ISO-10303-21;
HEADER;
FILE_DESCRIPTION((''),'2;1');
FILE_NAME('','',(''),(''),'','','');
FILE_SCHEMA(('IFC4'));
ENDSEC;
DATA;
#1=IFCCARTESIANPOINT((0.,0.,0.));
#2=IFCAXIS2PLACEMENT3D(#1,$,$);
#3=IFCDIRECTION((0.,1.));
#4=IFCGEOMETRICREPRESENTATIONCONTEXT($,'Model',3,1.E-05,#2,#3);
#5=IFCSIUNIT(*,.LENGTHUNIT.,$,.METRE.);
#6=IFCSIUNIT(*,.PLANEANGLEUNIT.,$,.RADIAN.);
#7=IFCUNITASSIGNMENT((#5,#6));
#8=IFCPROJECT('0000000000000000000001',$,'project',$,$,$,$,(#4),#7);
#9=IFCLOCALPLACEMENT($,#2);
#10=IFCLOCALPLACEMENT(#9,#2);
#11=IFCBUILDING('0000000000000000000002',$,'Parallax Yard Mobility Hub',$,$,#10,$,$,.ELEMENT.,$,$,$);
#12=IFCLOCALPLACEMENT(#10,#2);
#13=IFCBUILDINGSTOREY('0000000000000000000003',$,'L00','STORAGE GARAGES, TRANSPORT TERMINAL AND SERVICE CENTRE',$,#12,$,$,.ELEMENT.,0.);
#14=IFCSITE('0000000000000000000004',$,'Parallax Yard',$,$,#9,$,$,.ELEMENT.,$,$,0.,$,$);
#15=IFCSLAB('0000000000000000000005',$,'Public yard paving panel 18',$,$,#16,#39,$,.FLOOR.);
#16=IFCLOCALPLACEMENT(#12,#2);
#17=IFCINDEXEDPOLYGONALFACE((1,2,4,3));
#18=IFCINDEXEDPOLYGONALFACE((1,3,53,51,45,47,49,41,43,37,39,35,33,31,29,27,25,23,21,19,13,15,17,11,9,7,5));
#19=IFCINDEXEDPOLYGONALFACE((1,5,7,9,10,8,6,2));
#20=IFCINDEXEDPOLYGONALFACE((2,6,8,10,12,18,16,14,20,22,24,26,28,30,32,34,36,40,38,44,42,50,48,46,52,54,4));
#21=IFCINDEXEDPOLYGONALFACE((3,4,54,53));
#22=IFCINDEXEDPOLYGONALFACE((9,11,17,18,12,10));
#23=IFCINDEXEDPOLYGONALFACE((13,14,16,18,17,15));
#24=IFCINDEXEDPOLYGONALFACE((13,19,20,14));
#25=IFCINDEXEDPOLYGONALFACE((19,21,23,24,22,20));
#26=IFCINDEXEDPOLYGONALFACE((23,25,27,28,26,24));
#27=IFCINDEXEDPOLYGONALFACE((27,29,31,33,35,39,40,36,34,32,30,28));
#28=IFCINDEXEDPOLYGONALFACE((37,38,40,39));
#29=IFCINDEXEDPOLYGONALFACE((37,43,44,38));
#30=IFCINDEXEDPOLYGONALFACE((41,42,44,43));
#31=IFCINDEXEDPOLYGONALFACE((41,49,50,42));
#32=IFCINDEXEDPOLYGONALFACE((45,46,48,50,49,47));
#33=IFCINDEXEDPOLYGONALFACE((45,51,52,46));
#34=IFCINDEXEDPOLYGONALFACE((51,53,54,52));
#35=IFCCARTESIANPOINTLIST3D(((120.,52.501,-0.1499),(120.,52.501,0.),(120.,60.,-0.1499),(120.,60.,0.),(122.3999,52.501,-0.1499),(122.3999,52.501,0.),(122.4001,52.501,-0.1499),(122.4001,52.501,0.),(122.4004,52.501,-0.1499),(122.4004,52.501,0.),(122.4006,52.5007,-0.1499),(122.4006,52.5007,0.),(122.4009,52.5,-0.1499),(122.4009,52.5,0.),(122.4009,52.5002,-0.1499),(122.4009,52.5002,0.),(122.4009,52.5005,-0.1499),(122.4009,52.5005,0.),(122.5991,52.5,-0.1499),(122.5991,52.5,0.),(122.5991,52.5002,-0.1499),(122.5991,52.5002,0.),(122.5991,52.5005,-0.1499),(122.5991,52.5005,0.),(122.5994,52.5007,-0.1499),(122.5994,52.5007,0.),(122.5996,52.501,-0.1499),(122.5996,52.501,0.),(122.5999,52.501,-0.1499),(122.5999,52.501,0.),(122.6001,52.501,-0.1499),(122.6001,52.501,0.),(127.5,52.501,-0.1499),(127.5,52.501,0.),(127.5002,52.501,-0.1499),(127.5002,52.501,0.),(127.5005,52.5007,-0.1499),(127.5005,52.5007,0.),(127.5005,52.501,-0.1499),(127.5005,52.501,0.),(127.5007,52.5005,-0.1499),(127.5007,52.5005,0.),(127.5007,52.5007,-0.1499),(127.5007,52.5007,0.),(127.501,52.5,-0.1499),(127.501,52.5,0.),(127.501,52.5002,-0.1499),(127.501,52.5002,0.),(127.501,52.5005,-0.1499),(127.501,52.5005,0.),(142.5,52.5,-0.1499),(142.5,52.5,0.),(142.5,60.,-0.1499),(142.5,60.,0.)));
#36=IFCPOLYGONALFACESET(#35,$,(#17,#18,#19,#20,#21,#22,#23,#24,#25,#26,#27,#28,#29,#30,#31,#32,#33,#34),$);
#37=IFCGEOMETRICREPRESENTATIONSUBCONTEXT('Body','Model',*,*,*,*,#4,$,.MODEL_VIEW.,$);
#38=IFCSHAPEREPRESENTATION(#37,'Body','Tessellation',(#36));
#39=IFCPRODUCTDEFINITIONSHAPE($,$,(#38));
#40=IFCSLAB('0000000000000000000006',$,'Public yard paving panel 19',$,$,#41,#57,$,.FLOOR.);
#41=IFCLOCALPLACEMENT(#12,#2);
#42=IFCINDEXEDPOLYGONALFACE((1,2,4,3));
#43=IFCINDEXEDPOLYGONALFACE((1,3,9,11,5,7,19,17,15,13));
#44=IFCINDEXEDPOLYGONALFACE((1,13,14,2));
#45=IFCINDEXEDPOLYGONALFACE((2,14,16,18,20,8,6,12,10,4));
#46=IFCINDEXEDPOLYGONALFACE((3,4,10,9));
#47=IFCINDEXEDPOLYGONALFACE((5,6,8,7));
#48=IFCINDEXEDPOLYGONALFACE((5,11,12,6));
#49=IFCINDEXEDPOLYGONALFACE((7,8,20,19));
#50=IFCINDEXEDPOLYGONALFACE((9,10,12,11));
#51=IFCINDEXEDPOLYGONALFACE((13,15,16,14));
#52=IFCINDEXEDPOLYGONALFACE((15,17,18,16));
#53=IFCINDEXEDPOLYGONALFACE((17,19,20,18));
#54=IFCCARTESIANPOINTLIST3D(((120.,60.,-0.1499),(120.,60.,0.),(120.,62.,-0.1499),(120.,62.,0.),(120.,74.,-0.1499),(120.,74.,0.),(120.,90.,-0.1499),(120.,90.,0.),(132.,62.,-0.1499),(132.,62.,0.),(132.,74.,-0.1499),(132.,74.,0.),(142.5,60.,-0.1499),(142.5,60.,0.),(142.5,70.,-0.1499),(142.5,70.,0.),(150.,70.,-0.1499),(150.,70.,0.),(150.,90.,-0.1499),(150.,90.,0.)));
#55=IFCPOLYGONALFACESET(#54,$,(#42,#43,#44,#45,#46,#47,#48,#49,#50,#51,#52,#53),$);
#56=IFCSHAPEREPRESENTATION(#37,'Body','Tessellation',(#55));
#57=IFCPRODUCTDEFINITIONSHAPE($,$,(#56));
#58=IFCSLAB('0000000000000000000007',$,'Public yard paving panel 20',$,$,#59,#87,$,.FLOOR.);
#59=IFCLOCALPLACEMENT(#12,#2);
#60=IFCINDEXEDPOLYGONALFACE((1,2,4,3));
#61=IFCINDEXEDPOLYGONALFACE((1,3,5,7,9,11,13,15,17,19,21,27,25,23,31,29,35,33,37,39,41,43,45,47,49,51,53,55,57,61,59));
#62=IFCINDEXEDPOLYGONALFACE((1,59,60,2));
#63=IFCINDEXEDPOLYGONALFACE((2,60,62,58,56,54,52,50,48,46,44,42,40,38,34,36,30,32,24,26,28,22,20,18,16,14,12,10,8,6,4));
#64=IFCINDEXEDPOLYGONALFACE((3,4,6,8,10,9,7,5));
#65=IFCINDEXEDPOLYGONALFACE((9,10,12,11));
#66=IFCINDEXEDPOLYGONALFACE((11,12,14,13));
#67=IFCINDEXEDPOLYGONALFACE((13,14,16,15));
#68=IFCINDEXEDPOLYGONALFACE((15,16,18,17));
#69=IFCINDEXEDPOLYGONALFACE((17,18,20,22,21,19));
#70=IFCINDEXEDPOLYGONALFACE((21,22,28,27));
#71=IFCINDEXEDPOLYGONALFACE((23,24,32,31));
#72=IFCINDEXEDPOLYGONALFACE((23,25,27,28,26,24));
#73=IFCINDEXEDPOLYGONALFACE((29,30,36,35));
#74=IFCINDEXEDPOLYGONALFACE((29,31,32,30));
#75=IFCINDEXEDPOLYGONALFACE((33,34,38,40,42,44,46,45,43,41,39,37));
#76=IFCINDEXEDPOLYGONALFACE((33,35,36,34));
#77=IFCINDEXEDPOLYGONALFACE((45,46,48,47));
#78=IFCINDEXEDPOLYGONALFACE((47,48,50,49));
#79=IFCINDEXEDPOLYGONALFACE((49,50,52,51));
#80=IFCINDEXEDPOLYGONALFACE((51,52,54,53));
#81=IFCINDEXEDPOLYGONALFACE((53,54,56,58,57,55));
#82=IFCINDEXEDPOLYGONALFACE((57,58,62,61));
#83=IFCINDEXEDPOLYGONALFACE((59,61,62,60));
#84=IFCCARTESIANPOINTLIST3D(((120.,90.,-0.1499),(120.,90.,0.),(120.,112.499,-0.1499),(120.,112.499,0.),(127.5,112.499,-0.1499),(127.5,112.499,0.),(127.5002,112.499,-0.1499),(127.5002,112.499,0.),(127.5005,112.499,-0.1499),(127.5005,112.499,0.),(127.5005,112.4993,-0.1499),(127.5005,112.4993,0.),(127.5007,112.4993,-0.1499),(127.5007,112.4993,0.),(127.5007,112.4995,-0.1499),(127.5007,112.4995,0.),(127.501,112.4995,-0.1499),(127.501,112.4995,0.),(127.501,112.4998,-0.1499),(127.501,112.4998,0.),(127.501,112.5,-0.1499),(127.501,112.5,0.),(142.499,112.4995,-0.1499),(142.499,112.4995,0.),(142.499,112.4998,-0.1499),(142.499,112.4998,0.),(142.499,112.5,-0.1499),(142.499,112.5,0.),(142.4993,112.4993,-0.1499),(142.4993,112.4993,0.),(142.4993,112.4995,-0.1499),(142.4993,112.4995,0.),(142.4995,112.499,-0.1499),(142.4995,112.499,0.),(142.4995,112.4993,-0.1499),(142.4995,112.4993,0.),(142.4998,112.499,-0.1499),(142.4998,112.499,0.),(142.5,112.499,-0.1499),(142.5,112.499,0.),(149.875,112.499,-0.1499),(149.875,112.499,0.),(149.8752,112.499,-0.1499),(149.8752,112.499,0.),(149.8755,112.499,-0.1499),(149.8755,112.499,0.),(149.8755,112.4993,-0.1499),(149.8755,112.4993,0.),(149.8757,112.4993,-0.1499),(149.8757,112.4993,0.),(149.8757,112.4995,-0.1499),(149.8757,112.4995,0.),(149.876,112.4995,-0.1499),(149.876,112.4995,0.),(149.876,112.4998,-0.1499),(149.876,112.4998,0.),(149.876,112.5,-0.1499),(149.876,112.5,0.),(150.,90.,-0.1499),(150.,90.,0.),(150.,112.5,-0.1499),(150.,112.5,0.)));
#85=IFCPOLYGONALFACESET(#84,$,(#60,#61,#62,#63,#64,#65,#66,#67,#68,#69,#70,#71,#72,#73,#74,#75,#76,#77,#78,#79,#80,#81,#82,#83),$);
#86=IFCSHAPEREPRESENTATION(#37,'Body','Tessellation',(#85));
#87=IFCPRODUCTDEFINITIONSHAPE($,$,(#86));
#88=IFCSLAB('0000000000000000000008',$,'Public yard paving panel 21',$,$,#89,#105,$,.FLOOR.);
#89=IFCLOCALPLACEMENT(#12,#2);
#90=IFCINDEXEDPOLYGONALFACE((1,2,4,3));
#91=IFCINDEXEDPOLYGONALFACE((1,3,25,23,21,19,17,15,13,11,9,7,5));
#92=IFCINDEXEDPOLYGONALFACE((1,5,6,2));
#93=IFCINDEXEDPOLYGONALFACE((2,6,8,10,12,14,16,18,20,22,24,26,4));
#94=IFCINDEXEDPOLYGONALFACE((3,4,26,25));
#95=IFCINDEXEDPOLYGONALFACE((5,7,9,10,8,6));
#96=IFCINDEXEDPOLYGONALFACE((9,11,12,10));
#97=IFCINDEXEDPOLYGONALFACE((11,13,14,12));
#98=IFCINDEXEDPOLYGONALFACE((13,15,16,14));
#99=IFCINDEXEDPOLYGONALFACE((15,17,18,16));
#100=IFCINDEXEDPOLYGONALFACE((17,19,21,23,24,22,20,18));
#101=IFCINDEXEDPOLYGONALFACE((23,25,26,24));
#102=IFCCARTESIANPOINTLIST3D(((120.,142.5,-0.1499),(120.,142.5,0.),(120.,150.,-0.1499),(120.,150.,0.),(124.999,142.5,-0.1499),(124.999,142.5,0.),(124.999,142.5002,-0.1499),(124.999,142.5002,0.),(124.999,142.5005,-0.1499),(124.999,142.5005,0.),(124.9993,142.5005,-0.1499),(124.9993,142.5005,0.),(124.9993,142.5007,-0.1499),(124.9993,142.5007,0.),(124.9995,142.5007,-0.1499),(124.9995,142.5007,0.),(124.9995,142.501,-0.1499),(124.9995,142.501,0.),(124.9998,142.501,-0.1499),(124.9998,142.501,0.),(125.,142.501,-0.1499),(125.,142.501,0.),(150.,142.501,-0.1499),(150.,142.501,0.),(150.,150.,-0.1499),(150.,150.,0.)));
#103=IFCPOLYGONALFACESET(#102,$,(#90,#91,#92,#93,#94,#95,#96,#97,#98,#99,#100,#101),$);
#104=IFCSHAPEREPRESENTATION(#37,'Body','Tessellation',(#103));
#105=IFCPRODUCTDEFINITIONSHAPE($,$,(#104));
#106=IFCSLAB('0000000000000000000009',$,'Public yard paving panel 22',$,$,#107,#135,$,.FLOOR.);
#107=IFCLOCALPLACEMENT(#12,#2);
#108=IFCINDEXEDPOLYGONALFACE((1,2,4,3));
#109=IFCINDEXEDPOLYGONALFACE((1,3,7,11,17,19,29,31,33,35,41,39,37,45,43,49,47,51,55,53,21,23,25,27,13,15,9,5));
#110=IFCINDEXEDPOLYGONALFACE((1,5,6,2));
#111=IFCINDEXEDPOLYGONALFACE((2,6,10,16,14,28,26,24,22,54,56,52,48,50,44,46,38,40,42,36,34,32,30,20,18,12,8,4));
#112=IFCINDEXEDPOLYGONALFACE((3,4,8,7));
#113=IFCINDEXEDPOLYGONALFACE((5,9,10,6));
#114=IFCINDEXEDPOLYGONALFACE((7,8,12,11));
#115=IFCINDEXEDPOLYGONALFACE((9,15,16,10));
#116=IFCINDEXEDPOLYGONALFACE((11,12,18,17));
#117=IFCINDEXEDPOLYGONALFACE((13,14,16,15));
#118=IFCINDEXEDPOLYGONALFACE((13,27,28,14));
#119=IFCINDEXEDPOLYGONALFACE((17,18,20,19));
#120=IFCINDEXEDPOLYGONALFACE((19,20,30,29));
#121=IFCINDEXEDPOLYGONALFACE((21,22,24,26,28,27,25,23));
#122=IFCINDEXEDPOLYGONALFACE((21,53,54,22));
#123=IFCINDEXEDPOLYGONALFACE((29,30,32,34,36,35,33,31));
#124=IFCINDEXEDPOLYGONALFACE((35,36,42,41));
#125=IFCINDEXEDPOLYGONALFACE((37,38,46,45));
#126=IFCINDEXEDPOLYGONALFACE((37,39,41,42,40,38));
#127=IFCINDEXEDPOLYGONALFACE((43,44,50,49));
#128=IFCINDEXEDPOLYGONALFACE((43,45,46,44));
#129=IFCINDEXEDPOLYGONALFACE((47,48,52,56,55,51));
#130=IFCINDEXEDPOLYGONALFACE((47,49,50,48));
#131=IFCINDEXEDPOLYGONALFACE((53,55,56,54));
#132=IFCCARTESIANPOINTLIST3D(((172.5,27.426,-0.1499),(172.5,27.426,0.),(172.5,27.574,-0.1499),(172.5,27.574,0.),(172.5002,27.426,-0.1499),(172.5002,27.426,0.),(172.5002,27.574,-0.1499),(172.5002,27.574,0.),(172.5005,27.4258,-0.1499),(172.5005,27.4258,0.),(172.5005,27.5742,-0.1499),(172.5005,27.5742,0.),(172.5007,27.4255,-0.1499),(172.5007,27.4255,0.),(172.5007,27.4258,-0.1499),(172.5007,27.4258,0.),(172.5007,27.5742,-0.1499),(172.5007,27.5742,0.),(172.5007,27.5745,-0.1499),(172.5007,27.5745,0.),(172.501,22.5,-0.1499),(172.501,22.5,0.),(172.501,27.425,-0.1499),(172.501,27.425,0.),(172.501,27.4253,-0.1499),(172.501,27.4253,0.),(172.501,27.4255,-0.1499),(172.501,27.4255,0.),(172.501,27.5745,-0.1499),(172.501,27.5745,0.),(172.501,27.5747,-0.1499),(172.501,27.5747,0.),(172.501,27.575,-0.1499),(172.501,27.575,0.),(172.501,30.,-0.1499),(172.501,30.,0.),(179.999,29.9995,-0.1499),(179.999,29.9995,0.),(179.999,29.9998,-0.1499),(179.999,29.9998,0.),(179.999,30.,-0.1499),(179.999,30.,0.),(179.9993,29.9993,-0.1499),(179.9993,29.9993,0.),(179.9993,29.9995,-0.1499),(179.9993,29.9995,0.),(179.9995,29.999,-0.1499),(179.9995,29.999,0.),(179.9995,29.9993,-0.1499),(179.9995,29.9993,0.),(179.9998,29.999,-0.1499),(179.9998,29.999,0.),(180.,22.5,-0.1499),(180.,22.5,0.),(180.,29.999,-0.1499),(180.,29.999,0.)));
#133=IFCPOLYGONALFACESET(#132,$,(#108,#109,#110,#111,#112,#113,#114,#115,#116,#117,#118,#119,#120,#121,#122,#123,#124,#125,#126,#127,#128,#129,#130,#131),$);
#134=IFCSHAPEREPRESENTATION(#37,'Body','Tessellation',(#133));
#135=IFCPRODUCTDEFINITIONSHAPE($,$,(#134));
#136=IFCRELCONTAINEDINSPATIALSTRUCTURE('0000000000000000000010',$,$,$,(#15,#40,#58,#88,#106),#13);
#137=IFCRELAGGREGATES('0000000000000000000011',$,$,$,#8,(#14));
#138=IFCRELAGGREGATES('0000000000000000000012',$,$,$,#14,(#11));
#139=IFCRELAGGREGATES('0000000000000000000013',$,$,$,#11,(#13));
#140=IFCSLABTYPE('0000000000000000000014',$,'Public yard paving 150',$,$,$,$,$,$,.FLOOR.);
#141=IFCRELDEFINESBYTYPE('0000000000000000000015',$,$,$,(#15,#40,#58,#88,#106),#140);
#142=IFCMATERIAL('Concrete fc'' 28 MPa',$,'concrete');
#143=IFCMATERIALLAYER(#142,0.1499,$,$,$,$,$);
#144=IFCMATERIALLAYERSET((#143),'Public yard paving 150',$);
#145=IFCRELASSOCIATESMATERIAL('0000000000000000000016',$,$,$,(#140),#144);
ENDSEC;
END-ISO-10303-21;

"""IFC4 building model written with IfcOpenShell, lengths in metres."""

from ifc_helpers import new_model, si_unit, direction, frame, origin, place, context, subcontext, project, spatial, polyline, outline, extrude, material, layer, layer_set, type_object, element, save


model = new_model("IFC4")

# Units and contexts
model_context = context("Model", 3, precision=1e-05, world=origin(), true_north=direction((0.0, 1.0)))
body_context = subcontext(model_context, "Body", "Model", "MODEL_VIEW")
ifc_project = project(units=[si_unit("LENGTHUNIT", "METRE"), si_unit("PLANEANGLEUNIT", "RADIAN")], contexts=[model_context])

# Site, building, storey
site_placement = place(None, origin())
site = spatial("IfcSite", under=ifc_project, at=site_placement, Name="Parallax Yard", CompositionType="ELEMENT", RefElevation=0.0)
building_placement = place(site_placement, origin())
building = spatial("IfcBuilding", under=site, at=building_placement, Name="Parallax Yard Mobility Hub", CompositionType="ELEMENT")
storey_placement = place(building_placement, origin())
storey = spatial("IfcBuildingStorey", under=building, at=storey_placement, Name="L00", Description="STORAGE GARAGES, TRANSPORT TERMINAL AND SERVICE CENTRE", CompositionType="ELEMENT", Elevation=0.0)

# Slabs
ifc_material = material(Name="Concrete fc' 28 MPa", Category="concrete")
ifc_layer_1 = layer(ifc_material, 0.1499)
ifc_layer_set_1 = layer_set([ifc_layer_1], Name="Public yard paving 150")
slab_type_1 = type_object("IfcSlabType", Name="Public yard paving 150", PredefinedType="FLOOR", material=ifc_layer_set_1)
slab_1_placement = place(storey_placement, frame((0.0, 0.0, -0.1499)))
element("IfcSlab", 1, at=slab_1_placement, inside=storey, type_object=slab_type_1, Name="Public yard paving panel 18", PredefinedType="FLOOR", context=body_context, shape_type="SweptSolid", body=[
    extrude(outline(polyline([(142.5, 52.5), (127.501, 52.5), (127.501, 52.5), (127.501, 52.5002), (127.501, 52.5002), (127.501, 52.5005), (127.501, 52.5005), (127.5007, 52.5005), (127.5007, 52.5005), (127.5007, 52.5007), (127.5005, 52.5007), (127.5005, 52.5007), (127.5005, 52.501), (127.5005, 52.501), (127.5002, 52.501), (127.5002, 52.501), (127.5, 52.501), (127.5, 52.501), (122.6001, 52.501), (122.5999, 52.501), (122.5999, 52.501), (122.5996, 52.501), (122.5996, 52.501), (122.5996, 52.501), (122.5994, 52.5007), (122.5994, 52.5007), (122.5994, 52.5007), (122.5991, 52.5005), (122.5991, 52.5005), (122.5991, 52.5005), (122.5991, 52.5005), (122.5991, 52.5002), (122.5991, 52.5002), (122.5991, 52.5), (122.5991, 52.5), (122.4009, 52.5), (122.4009, 52.5), (122.4009, 52.5002), (122.4009, 52.5002), (122.4009, 52.5005), (122.4009, 52.5005), (122.4009, 52.5005), (122.4009, 52.5005), (122.4006, 52.5007), (122.4006, 52.5007), (122.4006, 52.5007), (122.4004, 52.501), (122.4004, 52.501), (122.4004, 52.501), (122.4001, 52.501), (122.4001, 52.501), (122.3999, 52.501), (120.0, 52.501), (120.0, 60.0), (142.5, 60.0), (142.5, 52.5)])), origin(), (0.0, 0.0, 1.0), 0.1499),
])
slab_2_placement = place(storey_placement, frame((0.0, 0.0, -0.1499)))
element("IfcSlab", 2, at=slab_2_placement, inside=storey, type_object=slab_type_1, Name="Public yard paving panel 19", PredefinedType="FLOOR", context=body_context, shape_type="SweptSolid", body=[
    extrude(outline(polyline([(142.5, 70.0), (142.5, 60.0), (120.0, 60.0), (120.0, 62.0), (132.0, 62.0), (132.0, 74.0), (120.0, 74.0), (120.0, 90.0), (150.0, 90.0), (150.0, 70.0), (142.5, 70.0)])), origin(), (0.0, 0.0, 1.0), 0.1499),
])
slab_3_placement = place(storey_placement, frame((0.0, 0.0, -0.1499)))
element("IfcSlab", 3, at=slab_3_placement, inside=storey, type_object=slab_type_1, Name="Public yard paving panel 20", PredefinedType="FLOOR", context=body_context, shape_type="SweptSolid", body=[
    extrude(outline(polyline([(127.5, 112.499), (127.5, 112.499), (127.5002, 112.499), (127.5002, 112.499), (127.5005, 112.499), (127.5005, 112.499), (127.5005, 112.4993), (127.5005, 112.4993), (127.5007, 112.4993), (127.5007, 112.4995), (127.5007, 112.4995), (127.501, 112.4995), (127.501, 112.4995), (127.501, 112.4998), (127.501, 112.4998), (127.501, 112.5), (127.501, 112.5), (142.499, 112.5), (142.499, 112.5), (142.499, 112.4998), (142.499, 112.4998), (142.499, 112.4995), (142.499, 112.4995), (142.4993, 112.4995), (142.4993, 112.4995), (142.4993, 112.4993), (142.4995, 112.4993), (142.4995, 112.4993), (142.4995, 112.499), (142.4995, 112.499), (142.4998, 112.499), (142.4998, 112.499), (142.5, 112.499), (142.5, 112.499), (149.875, 112.499), (149.875, 112.499), (149.8752, 112.499), (149.8752, 112.499), (149.8755, 112.499), (149.8755, 112.499), (149.8755, 112.4993), (149.8755, 112.4993), (149.8757, 112.4993), (149.8757, 112.4995), (149.8757, 112.4995), (149.876, 112.4995), (149.876, 112.4995), (149.876, 112.4998), (149.876, 112.4998), (149.876, 112.5), (149.876, 112.5), (150.0, 112.5), (150.0, 90.0), (120.0, 90.0), (120.0, 112.499), (127.5, 112.499)])), origin(), (0.0, 0.0, 1.0), 0.1499),
])
slab_4_placement = place(storey_placement, frame((0.0, 0.0, -0.1499)))
element("IfcSlab", 4, at=slab_4_placement, inside=storey, type_object=slab_type_1, Name="Public yard paving panel 21", PredefinedType="FLOOR", context=body_context, shape_type="SweptSolid", body=[
    extrude(outline(polyline([(150.0, 150.0), (150.0, 142.501), (125.0, 142.501), (125.0, 142.501), (124.9998, 142.501), (124.9998, 142.501), (124.9995, 142.501), (124.9995, 142.501), (124.9995, 142.5007), (124.9995, 142.5007), (124.9993, 142.5007), (124.9993, 142.5005), (124.9993, 142.5005), (124.999, 142.5005), (124.999, 142.5005), (124.999, 142.5002), (124.999, 142.5002), (124.999, 142.5), (124.999, 142.5), (120.0, 142.5), (120.0, 150.0), (150.0, 150.0)])), origin(), (0.0, 0.0, 1.0), 0.1499),
])
slab_5_placement = place(storey_placement, frame((0.0, 0.0, -0.1499)))
element("IfcSlab", 5, at=slab_5_placement, inside=storey, type_object=slab_type_1, Name="Public yard paving panel 22", PredefinedType="FLOOR", context=body_context, shape_type="SweptSolid", body=[
    extrude(outline(polyline([(179.999, 30.0), (179.999, 29.9998), (179.999, 29.9998), (179.999, 29.9995), (179.999, 29.9995), (179.9993, 29.9995), (179.9993, 29.9995), (179.9993, 29.9993), (179.9995, 29.9993), (179.9995, 29.9993), (179.9995, 29.999), (179.9995, 29.999), (179.9998, 29.999), (179.9998, 29.999), (180.0, 29.999), (180.0, 29.999), (180.0, 22.5), (172.501, 22.5), (172.501, 27.425), (172.501, 27.425), (172.501, 27.4253), (172.501, 27.4253), (172.501, 27.4253), (172.501, 27.4255), (172.5007, 27.4255), (172.5007, 27.4255), (172.5007, 27.4258), (172.5005, 27.4258), (172.5005, 27.4258), (172.5005, 27.4258), (172.5005, 27.4258), (172.5002, 27.426), (172.5002, 27.426), (172.5, 27.426), (172.5, 27.426), (172.5, 27.574), (172.5, 27.574), (172.5002, 27.574), (172.5002, 27.574), (172.5005, 27.5742), (172.5005, 27.5742), (172.5005, 27.5742), (172.5005, 27.5742), (172.5007, 27.5742), (172.5007, 27.5745), (172.5007, 27.5745), (172.501, 27.5745), (172.501, 27.5747), (172.501, 27.5747), (172.501, 27.5747), (172.501, 27.575), (172.501, 27.575), (172.501, 30.0), (179.999, 30.0), (179.999, 30.0)])), origin(), (0.0, 0.0, 1.0), 0.1499),
])

save(model, "model.ifc")
